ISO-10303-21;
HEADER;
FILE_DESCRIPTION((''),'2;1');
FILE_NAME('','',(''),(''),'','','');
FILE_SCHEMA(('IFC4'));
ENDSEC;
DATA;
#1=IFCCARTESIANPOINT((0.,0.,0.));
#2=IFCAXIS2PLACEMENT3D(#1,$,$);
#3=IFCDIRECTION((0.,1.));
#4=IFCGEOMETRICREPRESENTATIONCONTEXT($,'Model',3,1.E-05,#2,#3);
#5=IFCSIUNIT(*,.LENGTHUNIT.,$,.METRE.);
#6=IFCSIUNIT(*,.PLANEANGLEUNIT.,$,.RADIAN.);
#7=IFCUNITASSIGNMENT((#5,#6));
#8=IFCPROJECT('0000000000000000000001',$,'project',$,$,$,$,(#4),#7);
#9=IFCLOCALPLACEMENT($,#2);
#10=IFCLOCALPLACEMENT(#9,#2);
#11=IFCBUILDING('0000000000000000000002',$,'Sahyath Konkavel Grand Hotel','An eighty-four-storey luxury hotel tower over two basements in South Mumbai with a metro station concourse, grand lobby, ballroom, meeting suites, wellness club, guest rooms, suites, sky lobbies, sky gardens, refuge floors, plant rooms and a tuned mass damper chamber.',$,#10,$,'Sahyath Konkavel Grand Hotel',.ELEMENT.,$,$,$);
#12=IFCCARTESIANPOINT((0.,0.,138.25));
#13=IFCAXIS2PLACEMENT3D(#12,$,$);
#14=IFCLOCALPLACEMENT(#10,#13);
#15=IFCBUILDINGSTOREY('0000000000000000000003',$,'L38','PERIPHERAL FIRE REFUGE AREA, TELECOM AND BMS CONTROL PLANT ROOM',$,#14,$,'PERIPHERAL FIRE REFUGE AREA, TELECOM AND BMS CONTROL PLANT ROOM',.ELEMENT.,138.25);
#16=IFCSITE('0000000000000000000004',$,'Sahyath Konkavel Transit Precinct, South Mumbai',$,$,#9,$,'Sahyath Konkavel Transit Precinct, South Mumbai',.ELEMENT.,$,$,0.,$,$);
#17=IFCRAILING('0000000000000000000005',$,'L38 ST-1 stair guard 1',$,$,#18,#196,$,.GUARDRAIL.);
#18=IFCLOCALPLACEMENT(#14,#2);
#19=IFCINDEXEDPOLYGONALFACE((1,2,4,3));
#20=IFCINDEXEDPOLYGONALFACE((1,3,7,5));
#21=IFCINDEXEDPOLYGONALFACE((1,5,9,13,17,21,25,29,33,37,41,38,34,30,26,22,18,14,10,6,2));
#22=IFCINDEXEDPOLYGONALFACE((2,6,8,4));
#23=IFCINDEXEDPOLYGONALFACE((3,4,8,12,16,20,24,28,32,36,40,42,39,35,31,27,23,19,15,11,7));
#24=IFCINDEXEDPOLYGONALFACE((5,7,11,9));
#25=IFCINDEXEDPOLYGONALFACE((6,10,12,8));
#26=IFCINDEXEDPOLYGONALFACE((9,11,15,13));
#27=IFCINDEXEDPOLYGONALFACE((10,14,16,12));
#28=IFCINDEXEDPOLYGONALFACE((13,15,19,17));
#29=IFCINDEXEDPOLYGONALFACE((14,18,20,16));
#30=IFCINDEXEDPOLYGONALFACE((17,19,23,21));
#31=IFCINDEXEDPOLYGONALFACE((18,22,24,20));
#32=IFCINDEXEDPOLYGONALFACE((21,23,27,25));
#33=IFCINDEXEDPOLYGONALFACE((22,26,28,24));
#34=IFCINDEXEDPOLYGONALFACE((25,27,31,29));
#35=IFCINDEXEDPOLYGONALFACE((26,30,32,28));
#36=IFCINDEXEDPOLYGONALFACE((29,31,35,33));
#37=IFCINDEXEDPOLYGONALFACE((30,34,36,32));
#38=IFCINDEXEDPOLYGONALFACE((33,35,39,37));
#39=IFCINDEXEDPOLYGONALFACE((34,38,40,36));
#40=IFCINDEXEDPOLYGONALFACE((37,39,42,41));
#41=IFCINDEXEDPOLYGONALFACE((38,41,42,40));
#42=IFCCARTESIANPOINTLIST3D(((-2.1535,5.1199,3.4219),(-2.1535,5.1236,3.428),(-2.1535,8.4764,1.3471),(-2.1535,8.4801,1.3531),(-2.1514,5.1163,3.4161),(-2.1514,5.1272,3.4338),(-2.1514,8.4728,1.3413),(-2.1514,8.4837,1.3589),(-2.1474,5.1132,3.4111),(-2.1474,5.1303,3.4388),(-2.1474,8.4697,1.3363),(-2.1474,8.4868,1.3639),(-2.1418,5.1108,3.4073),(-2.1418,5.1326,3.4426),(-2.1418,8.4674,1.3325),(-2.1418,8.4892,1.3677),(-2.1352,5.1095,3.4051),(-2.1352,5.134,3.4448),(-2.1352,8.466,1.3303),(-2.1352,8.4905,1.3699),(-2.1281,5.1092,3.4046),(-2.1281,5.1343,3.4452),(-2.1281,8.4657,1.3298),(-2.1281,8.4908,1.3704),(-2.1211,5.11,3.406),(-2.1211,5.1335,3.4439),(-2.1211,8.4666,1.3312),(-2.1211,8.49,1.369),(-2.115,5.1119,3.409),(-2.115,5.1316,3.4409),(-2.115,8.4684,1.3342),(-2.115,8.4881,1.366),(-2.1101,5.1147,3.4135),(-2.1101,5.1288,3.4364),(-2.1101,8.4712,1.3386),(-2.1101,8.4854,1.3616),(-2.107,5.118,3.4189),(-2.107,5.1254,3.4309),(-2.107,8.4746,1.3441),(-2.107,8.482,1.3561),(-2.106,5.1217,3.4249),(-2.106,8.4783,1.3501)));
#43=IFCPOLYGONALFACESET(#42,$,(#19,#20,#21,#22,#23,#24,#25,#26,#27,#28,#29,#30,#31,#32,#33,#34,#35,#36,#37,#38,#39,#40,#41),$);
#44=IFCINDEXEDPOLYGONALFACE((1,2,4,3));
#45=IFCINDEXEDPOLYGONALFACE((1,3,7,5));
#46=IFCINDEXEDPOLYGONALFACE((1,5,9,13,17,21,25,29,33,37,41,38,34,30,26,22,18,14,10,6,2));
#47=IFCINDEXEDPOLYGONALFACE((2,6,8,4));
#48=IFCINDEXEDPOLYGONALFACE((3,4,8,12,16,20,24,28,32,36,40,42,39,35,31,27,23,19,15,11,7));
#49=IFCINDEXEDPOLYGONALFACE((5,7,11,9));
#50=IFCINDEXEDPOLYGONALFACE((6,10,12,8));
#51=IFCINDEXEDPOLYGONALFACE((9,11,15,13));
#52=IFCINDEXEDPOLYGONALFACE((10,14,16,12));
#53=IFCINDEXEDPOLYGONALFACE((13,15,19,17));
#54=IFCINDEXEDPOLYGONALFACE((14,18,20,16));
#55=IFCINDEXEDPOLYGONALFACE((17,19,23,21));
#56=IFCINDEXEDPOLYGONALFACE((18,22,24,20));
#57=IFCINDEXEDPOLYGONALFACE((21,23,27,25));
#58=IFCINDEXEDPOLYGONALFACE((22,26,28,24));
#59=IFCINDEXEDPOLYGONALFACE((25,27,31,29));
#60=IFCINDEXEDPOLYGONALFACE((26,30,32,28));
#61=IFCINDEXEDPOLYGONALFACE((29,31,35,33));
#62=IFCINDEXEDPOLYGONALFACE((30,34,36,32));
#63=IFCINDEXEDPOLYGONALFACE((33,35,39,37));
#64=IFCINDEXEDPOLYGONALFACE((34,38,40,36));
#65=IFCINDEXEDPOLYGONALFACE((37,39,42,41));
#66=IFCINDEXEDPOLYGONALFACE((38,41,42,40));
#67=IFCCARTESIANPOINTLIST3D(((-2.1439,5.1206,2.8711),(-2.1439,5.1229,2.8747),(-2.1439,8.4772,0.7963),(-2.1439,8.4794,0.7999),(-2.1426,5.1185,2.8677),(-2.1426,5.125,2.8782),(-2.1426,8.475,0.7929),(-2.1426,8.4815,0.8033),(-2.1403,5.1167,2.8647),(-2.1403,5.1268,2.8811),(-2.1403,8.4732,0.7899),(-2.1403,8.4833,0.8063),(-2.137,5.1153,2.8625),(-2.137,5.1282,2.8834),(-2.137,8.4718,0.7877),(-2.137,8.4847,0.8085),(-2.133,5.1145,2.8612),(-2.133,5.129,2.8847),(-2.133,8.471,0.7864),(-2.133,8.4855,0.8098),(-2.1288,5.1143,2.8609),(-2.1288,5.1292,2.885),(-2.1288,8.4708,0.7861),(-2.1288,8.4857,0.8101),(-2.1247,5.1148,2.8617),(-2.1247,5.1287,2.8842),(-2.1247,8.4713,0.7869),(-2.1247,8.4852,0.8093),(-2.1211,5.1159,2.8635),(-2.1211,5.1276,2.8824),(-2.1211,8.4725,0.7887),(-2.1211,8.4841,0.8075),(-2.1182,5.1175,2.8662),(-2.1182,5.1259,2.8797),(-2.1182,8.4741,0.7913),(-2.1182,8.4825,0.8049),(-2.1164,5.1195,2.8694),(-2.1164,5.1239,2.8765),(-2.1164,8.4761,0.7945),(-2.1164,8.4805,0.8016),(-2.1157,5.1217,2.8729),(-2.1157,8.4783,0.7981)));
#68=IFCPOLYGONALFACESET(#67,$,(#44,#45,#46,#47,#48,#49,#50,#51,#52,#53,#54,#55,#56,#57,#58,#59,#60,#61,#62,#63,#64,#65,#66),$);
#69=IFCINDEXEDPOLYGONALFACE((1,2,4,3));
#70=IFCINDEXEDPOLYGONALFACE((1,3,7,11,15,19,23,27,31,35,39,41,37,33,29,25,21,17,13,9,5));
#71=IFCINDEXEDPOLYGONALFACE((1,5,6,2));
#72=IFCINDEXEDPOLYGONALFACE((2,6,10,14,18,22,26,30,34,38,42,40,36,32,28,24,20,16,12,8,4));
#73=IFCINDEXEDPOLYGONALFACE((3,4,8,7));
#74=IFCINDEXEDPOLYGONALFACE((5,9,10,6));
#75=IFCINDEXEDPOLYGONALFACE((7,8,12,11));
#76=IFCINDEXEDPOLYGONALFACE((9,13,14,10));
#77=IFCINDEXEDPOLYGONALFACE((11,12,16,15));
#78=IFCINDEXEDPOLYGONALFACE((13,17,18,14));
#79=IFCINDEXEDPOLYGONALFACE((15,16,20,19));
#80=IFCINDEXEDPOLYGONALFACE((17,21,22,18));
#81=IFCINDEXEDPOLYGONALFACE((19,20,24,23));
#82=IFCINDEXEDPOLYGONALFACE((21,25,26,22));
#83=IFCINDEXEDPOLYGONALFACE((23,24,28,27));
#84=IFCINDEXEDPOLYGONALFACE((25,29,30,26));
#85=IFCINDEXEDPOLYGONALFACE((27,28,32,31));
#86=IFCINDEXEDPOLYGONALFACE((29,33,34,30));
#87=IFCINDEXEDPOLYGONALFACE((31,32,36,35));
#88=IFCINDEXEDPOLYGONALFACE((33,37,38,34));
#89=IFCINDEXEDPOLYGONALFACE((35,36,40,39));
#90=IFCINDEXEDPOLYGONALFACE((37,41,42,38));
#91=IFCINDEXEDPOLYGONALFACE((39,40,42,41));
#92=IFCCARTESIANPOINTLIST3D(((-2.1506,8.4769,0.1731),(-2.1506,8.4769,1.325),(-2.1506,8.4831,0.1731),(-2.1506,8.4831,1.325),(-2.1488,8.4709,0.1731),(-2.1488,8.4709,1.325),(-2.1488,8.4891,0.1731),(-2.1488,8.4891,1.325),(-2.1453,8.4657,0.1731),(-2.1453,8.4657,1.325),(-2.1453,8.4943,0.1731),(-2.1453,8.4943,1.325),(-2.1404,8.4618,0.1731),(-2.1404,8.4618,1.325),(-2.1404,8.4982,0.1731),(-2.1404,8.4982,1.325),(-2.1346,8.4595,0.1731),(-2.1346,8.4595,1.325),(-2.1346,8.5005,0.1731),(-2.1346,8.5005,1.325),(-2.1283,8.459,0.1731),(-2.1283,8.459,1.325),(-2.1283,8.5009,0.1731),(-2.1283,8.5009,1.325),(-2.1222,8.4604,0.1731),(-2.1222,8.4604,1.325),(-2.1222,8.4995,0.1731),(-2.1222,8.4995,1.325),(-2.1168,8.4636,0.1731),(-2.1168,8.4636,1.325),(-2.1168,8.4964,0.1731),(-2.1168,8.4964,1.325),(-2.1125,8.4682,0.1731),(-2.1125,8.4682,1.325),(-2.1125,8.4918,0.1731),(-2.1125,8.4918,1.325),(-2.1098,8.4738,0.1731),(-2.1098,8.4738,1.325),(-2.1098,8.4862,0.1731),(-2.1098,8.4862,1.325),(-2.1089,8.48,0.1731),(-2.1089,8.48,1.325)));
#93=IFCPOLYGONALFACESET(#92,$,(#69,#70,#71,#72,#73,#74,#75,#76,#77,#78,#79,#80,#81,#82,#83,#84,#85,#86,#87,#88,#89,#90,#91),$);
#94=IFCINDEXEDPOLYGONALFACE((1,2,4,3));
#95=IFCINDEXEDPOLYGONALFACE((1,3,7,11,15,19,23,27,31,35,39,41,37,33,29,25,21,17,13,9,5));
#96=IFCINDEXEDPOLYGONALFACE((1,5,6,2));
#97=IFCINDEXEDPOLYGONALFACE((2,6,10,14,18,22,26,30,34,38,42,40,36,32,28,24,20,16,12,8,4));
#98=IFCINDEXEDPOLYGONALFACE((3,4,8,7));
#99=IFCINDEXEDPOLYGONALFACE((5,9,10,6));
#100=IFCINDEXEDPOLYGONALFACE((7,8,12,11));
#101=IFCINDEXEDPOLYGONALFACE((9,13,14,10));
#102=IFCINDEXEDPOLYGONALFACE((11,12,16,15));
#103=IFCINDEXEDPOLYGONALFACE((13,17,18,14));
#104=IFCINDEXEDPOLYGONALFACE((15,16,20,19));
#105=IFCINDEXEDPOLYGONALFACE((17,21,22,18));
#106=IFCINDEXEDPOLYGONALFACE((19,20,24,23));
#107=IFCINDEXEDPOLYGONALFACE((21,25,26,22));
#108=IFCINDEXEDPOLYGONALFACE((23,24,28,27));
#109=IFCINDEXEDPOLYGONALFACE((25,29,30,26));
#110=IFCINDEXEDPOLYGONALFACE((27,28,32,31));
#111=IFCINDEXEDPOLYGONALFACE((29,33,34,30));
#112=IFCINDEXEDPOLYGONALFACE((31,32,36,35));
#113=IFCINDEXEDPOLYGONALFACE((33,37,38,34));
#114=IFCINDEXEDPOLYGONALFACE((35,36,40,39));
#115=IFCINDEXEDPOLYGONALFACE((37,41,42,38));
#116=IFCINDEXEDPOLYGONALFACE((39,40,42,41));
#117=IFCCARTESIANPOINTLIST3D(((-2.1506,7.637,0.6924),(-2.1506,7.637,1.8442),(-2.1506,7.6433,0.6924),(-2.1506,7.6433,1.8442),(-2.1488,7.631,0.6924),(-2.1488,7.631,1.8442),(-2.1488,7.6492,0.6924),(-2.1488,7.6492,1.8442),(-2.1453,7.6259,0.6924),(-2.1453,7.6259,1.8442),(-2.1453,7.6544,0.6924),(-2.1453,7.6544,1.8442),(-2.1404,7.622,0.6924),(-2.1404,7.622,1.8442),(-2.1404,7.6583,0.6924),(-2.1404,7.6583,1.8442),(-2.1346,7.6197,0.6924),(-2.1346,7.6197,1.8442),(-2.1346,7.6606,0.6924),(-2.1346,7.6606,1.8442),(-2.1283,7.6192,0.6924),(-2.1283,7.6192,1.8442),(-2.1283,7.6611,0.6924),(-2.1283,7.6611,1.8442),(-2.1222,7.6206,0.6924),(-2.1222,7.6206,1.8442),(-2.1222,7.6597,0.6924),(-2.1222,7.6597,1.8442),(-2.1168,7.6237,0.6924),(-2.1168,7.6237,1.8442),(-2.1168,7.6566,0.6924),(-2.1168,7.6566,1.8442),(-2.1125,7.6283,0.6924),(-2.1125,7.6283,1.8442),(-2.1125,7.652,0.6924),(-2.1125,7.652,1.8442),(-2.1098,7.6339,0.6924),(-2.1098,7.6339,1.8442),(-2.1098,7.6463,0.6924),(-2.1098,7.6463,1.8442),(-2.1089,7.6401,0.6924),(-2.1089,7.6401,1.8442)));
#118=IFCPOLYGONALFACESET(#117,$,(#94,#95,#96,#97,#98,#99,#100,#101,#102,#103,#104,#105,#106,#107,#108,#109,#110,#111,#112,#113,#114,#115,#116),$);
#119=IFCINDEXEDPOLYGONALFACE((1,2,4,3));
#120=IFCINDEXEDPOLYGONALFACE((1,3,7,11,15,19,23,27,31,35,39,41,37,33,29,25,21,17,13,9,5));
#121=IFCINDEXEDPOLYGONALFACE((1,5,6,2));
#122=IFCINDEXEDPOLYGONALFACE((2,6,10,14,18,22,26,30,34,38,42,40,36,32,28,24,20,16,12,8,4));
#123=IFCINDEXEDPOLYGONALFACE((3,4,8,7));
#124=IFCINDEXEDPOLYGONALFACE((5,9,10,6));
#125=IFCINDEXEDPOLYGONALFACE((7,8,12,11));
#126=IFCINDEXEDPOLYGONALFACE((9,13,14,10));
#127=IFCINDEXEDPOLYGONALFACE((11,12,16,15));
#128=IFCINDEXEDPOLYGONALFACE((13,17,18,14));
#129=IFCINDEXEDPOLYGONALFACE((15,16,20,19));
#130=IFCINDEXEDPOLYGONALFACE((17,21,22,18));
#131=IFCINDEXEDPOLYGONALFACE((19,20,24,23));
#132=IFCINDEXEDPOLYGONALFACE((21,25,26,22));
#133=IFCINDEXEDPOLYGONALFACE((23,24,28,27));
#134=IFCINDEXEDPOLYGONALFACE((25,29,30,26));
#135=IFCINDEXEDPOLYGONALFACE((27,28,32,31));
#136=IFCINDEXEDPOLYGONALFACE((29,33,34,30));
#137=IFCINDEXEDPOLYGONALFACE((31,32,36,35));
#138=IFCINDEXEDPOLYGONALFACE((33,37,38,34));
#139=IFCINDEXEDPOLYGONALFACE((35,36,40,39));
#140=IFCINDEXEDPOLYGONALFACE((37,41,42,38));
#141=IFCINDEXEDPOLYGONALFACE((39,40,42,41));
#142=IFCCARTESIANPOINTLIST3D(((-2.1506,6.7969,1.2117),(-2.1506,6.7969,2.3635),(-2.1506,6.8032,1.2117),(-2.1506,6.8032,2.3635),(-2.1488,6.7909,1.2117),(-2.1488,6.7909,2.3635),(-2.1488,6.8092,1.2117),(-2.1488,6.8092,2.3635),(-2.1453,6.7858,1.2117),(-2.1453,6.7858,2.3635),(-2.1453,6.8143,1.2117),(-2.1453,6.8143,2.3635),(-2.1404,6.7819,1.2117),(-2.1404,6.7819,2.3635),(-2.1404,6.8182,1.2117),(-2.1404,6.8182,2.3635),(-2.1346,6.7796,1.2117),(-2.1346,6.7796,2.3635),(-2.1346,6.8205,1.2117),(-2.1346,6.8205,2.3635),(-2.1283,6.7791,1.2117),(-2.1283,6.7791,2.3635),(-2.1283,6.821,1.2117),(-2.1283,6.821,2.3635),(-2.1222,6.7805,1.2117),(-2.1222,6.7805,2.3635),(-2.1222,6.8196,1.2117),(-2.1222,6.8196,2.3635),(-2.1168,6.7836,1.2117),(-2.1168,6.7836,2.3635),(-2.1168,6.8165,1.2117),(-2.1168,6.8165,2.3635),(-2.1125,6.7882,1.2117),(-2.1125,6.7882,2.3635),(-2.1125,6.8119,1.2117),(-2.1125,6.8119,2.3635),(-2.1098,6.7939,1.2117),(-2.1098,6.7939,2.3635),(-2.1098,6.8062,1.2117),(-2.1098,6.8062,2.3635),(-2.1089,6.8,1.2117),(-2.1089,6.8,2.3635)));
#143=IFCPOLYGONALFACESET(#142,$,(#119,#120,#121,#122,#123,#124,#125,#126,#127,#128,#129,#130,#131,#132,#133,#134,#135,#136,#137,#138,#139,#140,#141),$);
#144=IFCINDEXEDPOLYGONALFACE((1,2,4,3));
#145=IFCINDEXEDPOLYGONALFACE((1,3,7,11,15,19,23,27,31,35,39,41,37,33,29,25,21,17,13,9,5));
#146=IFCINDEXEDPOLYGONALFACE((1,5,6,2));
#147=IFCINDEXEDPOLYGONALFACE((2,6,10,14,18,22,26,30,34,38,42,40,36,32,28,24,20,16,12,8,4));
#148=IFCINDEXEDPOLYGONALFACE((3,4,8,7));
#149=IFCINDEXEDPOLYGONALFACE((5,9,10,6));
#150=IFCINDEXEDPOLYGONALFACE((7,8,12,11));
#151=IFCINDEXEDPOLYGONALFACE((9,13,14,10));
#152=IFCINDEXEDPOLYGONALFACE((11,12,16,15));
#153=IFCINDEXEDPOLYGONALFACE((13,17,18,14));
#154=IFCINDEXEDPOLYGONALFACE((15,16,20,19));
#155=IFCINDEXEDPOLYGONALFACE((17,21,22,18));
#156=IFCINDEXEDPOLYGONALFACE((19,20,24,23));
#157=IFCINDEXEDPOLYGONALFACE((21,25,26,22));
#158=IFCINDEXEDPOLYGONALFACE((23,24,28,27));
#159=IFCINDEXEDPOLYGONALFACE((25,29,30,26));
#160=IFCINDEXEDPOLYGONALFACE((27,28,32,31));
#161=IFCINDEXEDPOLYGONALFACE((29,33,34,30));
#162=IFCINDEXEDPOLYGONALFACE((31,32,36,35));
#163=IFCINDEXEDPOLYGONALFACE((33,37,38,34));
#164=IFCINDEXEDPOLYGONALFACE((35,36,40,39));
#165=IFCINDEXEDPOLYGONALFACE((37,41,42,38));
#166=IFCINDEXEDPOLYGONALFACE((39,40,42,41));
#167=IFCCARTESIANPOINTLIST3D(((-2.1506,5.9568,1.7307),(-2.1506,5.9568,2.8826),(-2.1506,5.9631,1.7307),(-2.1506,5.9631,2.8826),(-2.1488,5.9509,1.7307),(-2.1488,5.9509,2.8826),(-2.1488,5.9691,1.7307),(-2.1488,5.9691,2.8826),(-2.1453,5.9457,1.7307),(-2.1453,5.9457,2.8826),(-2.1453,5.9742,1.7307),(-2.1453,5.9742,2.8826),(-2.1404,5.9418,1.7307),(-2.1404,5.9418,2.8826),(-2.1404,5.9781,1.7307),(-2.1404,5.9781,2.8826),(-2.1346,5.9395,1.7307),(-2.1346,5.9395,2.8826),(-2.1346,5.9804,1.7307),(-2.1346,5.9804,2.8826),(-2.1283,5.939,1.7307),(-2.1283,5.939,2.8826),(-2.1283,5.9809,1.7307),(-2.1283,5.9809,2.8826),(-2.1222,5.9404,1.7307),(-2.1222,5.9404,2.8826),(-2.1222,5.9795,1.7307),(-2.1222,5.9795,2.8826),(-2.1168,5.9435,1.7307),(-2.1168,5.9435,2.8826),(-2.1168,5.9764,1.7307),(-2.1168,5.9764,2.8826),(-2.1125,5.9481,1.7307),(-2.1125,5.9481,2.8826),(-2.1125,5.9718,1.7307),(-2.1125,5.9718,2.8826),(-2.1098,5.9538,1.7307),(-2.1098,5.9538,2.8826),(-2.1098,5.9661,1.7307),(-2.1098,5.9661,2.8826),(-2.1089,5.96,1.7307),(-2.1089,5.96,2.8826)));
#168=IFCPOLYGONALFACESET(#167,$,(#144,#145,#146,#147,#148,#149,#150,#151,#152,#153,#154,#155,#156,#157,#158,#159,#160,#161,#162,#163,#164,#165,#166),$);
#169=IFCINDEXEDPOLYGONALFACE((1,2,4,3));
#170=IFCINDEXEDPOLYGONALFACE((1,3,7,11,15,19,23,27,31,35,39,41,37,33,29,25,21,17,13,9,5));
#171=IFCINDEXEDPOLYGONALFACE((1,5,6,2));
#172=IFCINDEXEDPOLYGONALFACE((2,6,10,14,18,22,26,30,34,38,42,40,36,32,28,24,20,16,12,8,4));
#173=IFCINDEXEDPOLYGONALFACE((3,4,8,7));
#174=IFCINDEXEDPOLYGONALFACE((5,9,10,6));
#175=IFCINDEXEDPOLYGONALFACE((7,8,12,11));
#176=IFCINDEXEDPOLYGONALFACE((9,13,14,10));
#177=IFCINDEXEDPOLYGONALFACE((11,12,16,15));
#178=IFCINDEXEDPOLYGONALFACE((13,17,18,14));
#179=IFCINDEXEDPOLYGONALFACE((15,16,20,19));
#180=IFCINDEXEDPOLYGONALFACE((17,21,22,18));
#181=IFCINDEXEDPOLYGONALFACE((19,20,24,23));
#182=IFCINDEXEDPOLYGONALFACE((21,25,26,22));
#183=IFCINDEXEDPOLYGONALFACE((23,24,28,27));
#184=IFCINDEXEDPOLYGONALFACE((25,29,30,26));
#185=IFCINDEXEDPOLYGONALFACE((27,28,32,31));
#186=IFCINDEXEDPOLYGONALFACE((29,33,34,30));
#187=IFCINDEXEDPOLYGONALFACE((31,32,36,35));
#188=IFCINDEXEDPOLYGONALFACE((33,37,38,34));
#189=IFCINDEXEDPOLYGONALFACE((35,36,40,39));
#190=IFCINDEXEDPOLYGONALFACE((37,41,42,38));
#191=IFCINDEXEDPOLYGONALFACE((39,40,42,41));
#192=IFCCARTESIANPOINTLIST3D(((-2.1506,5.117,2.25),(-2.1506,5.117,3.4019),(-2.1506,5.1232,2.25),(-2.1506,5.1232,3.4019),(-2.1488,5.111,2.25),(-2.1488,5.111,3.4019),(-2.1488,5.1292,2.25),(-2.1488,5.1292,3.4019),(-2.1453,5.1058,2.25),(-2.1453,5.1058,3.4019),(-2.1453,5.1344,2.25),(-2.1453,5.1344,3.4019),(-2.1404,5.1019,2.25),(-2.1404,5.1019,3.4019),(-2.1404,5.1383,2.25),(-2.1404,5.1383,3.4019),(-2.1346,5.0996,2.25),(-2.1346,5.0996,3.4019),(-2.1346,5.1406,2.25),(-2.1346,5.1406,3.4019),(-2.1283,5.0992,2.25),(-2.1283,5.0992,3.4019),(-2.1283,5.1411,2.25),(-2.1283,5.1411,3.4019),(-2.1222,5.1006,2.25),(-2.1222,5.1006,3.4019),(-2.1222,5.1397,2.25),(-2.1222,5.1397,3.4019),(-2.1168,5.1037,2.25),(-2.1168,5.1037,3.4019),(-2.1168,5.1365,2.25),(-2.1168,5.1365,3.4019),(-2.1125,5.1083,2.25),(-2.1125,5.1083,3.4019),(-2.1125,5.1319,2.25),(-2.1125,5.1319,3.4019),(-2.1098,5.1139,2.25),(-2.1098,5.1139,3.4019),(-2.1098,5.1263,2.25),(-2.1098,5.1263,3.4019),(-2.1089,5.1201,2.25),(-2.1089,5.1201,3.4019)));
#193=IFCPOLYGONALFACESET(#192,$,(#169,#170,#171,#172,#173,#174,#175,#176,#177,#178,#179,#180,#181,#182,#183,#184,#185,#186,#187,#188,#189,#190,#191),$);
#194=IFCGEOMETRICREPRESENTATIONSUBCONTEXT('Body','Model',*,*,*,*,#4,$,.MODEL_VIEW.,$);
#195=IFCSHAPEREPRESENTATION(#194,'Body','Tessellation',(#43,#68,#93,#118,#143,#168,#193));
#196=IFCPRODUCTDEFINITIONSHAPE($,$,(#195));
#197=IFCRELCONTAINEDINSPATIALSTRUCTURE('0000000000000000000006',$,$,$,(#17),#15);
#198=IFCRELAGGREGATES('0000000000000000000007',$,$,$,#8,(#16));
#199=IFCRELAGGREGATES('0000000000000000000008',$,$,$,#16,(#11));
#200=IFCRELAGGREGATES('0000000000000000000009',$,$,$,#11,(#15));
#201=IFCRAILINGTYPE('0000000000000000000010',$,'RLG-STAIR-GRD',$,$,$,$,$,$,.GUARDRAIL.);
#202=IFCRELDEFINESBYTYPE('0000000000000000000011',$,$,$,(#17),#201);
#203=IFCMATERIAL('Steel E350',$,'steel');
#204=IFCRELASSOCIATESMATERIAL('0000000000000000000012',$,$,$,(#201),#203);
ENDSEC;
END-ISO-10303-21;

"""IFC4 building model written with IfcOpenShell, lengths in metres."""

from ifc_helpers import new_model, si_unit, direction, frame, origin, origin_2d, place, context, subcontext, project, spatial, circle, extrude, material, type_object, element, save


model = new_model("IFC4")

# Units and contexts
model_context = context("Model", 3, precision=1e-05, world=origin(), true_north=direction((0.0, 1.0)))
body_context = subcontext(model_context, "Body", "Model", "MODEL_VIEW")
ifc_project = project(units=[si_unit("LENGTHUNIT", "METRE"), si_unit("PLANEANGLEUNIT", "RADIAN")], contexts=[model_context])

# Site, building, storey
site_placement = place(None, origin())
site = spatial("IfcSite", under=ifc_project, at=site_placement, Name="Sahyath Konkavel Transit Precinct, South Mumbai", LongName="Sahyath Konkavel Transit Precinct, South Mumbai", CompositionType="ELEMENT", RefElevation=0.0)
building_placement = place(site_placement, origin())
building = spatial("IfcBuilding", under=site, at=building_placement, Name="Sahyath Konkavel Grand Hotel", Description="An eighty-four-storey luxury hotel tower over two basements in South Mumbai with a metro station concourse, grand lobby, ballroom, meeting suites, wellness club, guest rooms, suites, sky lobbies, sky gardens, refuge floors, plant rooms and a tuned mass damper chamber.", LongName="Sahyath Konkavel Grand Hotel", CompositionType="ELEMENT")
storey_placement = place(building_placement, frame((0.0, 0.0, 138.25)))
storey = spatial("IfcBuildingStorey", under=building, at=storey_placement, Name="L38", Description="PERIPHERAL FIRE REFUGE AREA, TELECOM AND BMS CONTROL PLANT ROOM", LongName="PERIPHERAL FIRE REFUGE AREA, TELECOM AND BMS CONTROL PLANT ROOM", CompositionType="ELEMENT", Elevation=138.25)

# Railing
ifc_material_1 = material(Name="Steel E350", Category="steel")
railing_type = type_object("IfcRailingType", Name="RLG-STAIR-GRD", PredefinedType="GUARDRAIL", material=ifc_material_1)
railing_1_placement = place(storey_placement, frame((-2.1299, 8.48, 0.1731)))
element("IfcRailing", 1, at=railing_1_placement, inside=storey, type_object=railing_type, Name="L38 ST-1 stair guard 1", PredefinedType="GUARDRAIL", context=body_context, shape_type="SweptSolid", body=[
    extrude(circle(Radius=0.0239, at=origin_2d()), frame((0.0, -0.0017, 1.177), z_axis=(0.0, -0.850606, 0.525803), x_axis=(1.0, 0.0, 0.0)), (0.0, 0.0, 1.0), 3.946),
    extrude(circle(Radius=0.0142, at=origin_2d()), frame((0.0, -0.0017, 0.625), z_axis=(0.0, -0.850606, 0.525803), x_axis=(1.0, 0.0, 0.0)), (0.0, 0.0, 1.0), 3.946),
    extrude(circle(Radius=0.021, at=origin_2d()), origin(), (0.0, 0.0, 1.0), 1.1519),
    extrude(circle(Radius=0.021, at=origin_2d()), frame((0.0, -0.8398, 0.5193)), (0.0, 0.0, 1.0), 1.1519),
    extrude(circle(Radius=0.021, at=origin_2d()), frame((0.0, -1.6799, 1.0386)), (0.0, 0.0, 1.0), 1.1519),
    extrude(circle(Radius=0.021, at=origin_2d()), frame((0.0, -2.52, 1.5576)), (0.0, 0.0, 1.0), 1.1519),
    extrude(circle(Radius=0.021, at=origin_2d()), frame((0.0, -3.3599, 2.0769)), (0.0, 0.0, 1.0), 1.1519),
])

save(model, "model.ifc")
